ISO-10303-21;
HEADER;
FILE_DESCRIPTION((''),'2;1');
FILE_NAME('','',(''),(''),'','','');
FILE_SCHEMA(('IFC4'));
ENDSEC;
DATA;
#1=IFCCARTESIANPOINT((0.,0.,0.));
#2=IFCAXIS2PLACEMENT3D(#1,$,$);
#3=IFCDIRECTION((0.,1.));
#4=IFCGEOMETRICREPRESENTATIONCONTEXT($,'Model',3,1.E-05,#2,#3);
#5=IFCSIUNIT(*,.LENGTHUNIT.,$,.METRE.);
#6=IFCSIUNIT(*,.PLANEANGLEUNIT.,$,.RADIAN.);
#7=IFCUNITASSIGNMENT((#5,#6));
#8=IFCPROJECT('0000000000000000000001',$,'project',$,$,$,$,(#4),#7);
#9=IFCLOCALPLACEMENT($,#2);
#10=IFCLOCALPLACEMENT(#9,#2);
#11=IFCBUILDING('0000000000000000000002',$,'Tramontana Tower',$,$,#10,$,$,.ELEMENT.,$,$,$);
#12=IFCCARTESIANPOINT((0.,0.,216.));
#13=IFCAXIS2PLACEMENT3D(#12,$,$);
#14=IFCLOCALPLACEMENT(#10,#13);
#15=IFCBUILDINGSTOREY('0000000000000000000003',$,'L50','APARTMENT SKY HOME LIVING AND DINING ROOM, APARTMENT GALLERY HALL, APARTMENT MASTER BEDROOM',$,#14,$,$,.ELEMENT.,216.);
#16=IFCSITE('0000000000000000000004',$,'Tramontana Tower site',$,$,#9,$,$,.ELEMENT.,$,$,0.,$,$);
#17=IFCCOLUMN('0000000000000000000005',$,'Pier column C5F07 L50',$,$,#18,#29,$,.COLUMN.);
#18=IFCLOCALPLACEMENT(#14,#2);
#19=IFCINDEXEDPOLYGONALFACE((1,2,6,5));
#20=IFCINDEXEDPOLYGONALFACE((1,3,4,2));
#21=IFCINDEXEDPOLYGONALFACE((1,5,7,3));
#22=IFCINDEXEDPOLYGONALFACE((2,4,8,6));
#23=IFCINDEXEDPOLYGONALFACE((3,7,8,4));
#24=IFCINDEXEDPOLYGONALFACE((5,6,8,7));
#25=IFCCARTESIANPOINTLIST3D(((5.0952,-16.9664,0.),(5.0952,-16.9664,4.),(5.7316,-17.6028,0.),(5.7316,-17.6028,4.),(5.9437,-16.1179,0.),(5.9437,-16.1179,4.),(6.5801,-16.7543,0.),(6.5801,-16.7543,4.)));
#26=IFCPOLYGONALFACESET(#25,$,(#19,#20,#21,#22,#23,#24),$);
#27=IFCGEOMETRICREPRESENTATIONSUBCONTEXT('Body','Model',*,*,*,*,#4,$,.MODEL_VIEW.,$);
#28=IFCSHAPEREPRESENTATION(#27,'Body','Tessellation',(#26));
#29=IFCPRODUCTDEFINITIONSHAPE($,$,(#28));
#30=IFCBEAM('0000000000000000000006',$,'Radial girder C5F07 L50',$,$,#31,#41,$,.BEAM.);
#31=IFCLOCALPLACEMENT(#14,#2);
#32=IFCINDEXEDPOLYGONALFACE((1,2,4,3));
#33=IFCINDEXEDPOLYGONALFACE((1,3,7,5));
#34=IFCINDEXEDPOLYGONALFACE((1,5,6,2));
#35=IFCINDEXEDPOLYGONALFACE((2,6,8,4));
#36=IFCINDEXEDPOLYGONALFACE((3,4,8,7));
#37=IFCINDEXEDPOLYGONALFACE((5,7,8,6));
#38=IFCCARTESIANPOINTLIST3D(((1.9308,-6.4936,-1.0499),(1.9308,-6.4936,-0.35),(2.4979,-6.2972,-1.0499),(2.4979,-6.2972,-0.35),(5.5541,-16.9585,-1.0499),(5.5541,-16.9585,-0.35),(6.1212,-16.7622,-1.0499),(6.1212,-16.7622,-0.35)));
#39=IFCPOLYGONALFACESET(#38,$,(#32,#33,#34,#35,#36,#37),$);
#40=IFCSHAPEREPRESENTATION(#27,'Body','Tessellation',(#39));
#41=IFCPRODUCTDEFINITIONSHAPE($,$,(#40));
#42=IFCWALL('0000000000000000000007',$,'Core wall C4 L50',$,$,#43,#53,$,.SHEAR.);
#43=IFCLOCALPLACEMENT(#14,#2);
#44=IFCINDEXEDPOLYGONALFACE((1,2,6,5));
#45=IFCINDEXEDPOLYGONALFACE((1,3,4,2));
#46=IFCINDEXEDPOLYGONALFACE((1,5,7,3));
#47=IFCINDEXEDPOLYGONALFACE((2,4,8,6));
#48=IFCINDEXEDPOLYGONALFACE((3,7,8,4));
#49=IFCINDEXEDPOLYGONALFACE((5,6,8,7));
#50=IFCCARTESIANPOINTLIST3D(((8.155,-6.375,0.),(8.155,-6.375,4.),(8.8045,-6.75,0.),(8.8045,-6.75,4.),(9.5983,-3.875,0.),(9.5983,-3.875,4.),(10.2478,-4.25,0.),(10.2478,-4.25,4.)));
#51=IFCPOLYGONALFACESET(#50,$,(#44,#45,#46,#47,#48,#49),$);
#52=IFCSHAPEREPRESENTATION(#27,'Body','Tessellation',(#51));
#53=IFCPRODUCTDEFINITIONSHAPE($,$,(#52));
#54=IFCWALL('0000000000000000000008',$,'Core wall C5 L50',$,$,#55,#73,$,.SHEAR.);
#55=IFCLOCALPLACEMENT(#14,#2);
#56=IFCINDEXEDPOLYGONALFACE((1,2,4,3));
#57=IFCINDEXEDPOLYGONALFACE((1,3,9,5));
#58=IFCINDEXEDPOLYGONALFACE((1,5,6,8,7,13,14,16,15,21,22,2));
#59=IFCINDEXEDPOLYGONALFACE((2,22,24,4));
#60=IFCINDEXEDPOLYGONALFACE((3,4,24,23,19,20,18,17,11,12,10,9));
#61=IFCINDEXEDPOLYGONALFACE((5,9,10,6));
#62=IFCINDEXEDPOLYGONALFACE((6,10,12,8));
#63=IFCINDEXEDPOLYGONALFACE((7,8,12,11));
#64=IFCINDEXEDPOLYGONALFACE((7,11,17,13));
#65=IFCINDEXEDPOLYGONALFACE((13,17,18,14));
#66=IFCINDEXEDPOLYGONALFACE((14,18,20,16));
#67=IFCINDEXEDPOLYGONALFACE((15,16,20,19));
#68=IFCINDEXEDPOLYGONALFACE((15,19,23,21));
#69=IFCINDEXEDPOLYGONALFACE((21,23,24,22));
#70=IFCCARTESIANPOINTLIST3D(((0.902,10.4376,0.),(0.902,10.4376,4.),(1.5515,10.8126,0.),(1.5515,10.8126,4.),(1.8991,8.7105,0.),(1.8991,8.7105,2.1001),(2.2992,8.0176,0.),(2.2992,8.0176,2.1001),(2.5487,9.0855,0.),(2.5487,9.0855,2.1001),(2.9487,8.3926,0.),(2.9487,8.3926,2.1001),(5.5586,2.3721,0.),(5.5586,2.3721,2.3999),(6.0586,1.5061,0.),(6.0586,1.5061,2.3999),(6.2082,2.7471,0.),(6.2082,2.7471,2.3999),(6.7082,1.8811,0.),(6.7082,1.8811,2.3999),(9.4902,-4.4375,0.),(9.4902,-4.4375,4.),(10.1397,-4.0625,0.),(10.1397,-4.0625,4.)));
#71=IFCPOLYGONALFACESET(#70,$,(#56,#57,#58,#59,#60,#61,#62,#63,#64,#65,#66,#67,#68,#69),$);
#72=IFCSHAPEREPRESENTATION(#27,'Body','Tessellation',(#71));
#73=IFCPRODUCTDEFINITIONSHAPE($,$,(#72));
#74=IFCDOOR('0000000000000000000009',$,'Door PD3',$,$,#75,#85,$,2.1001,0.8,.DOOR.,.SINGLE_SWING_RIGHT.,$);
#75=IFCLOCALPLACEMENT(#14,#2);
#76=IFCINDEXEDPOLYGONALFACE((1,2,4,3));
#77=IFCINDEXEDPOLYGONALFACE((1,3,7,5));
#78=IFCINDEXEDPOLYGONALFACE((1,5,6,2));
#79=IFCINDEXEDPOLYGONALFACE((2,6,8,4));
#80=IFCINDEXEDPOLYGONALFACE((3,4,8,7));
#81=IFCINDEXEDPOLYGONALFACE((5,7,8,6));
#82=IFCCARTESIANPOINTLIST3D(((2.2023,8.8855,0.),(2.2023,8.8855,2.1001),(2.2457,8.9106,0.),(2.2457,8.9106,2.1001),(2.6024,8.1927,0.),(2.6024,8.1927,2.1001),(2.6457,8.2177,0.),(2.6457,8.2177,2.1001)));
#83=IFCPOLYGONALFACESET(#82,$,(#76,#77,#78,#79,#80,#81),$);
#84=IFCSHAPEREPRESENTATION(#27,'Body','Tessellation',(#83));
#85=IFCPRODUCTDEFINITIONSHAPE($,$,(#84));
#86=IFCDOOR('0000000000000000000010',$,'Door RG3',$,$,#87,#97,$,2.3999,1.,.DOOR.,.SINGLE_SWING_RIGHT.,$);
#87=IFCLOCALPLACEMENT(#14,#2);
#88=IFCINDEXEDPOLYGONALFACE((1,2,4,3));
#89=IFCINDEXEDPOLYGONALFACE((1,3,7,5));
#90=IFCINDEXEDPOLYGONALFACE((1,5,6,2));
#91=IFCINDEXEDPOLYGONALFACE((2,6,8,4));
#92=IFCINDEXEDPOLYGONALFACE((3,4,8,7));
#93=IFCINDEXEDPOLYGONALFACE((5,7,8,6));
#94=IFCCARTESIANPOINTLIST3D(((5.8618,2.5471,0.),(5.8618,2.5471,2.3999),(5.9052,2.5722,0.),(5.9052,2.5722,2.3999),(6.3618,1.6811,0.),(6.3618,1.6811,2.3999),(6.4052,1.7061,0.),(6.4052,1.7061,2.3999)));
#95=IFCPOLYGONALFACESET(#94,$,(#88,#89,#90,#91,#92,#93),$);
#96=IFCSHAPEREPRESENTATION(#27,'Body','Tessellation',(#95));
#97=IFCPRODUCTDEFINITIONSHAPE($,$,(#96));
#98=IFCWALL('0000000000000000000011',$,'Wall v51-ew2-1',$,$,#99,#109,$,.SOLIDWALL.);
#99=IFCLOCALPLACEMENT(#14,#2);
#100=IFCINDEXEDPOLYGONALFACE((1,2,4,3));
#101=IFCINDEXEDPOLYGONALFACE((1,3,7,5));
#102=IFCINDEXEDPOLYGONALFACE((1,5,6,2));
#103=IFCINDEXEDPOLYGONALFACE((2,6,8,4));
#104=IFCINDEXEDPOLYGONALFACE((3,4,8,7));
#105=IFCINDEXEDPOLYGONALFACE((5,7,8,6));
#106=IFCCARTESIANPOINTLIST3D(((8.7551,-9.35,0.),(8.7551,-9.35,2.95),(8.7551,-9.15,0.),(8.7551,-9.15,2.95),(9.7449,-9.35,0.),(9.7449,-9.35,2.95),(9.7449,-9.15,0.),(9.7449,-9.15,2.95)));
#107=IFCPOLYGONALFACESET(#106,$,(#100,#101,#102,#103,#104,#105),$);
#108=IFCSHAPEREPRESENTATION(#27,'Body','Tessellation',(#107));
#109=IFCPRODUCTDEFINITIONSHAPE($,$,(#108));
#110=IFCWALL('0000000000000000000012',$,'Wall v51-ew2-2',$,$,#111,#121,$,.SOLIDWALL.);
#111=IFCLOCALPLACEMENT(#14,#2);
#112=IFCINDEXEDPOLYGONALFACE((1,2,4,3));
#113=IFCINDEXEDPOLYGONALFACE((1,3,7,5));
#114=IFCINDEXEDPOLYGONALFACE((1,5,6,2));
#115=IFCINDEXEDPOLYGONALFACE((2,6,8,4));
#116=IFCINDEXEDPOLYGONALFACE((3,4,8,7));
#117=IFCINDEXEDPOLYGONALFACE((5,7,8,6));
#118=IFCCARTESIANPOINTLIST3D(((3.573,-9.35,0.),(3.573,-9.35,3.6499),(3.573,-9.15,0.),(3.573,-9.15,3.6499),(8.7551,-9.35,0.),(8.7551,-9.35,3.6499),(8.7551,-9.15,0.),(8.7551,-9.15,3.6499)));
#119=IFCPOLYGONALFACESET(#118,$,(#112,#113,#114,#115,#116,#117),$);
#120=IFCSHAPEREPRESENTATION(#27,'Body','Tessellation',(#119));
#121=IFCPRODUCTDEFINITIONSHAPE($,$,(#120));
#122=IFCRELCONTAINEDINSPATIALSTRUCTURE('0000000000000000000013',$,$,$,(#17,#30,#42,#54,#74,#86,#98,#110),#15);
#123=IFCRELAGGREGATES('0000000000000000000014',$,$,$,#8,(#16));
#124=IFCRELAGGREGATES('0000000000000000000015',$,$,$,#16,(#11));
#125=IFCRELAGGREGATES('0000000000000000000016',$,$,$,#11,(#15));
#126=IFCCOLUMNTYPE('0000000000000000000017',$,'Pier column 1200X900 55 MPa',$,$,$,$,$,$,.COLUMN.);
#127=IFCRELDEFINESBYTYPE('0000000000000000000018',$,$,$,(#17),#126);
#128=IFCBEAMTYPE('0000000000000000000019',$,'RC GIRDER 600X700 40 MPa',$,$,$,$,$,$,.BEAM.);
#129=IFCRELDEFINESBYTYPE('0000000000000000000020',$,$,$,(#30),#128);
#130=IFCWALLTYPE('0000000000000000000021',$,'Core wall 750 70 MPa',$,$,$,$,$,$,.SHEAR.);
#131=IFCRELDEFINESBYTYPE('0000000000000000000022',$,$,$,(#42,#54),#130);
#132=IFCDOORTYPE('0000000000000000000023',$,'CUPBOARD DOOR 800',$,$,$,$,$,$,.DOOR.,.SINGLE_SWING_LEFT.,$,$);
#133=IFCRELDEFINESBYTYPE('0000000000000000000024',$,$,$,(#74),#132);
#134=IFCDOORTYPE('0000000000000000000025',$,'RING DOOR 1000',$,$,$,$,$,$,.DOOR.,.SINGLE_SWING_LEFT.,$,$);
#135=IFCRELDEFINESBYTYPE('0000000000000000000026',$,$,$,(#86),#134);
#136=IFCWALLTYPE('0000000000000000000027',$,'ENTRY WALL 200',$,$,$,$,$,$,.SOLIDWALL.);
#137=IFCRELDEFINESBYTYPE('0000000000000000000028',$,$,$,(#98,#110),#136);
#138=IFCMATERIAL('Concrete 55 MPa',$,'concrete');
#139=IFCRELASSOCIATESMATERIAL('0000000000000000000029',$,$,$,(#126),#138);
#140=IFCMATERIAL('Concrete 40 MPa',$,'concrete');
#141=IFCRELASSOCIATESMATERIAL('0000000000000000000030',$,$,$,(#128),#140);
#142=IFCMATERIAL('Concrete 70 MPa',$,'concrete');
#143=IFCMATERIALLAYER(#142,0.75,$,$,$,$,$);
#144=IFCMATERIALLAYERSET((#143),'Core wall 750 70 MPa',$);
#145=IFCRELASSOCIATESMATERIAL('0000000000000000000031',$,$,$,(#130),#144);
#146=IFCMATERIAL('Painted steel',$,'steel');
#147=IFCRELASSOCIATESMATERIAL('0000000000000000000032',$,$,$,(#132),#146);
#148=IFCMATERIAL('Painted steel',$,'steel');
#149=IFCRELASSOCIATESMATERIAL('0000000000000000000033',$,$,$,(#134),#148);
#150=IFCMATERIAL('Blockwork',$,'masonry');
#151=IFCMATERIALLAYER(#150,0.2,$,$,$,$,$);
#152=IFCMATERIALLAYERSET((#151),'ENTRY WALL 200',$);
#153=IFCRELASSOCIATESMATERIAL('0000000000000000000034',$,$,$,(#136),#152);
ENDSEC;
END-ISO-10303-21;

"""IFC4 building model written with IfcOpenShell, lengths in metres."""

from ifc_helpers import new_model, si_unit, direction, frame, frame_2d, origin, origin_2d, place, context, subcontext, project, spatial, rectangle, extrude, material, layer, layer_set, material_profile, profile_set, type_object, element, fill, save


model = new_model("IFC4")

# Units and contexts
model_context = context("Model", 3, precision=1e-05, world=origin(), true_north=direction((0.0, 1.0)))
body_context = subcontext(model_context, "Body", "Model", "MODEL_VIEW")
ifc_project = project(units=[si_unit("LENGTHUNIT", "METRE"), si_unit("PLANEANGLEUNIT", "RADIAN")], contexts=[model_context])

# Site, building, storey
site_placement = place(None, origin())
site = spatial("IfcSite", under=ifc_project, at=site_placement, Name="Tramontana Tower site", CompositionType="ELEMENT", RefElevation=0.0)
building_placement = place(site_placement, origin())
building = spatial("IfcBuilding", under=site, at=building_placement, Name="Tramontana Tower", CompositionType="ELEMENT")
storey_placement = place(building_placement, frame((0.0, 0.0, 216.0)))
storey = spatial("IfcBuildingStorey", under=building, at=storey_placement, Name="L50", Description="APARTMENT SKY HOME LIVING AND DINING ROOM, APARTMENT GALLERY HALL, APARTMENT MASTER BEDROOM", CompositionType="ELEMENT", Elevation=216.0)

# Column
ifc_material_1 = material(Name="Concrete 55 MPa", Category="concrete")
ifc_material_profile_1 = material_profile(ifc_material_1, rectangle(XDim=1.2, YDim=0.8999, at=origin_2d()), Name="Pier column 1200X900 55 MPa")
ifc_profile_set_1 = profile_set([ifc_material_profile_1], Name="Concrete 55 MPa")
column_type = type_object("IfcColumnType", Name="Pier column 1200X900 55 MPa", PredefinedType="COLUMN", material=ifc_profile_set_1)
column_placement = place(storey_placement, frame((5.8376, -16.8604, 0.0), z_axis=(0.0, 0.0, 1.0), x_axis=(0.707107, 0.707107, 0.0)))
element("IfcColumn", 1, at=column_placement, inside=storey, type_object=column_type, Name="Pier column C5F07 L50", PredefinedType="COLUMN", context=body_context, shape_type="SweptSolid", body=[
    extrude(rectangle(XDim=1.2, YDim=0.8999, at=origin_2d()), origin(), (0.0, 0.0, 1.0), 4.0),
])

# Beam
ifc_material_2 = material(Name="Concrete 40 MPa", Category="concrete")
ifc_material_profile_2 = material_profile(ifc_material_2, rectangle(XDim=0.6001, YDim=0.7, at=origin_2d()), Name="RC GIRDER 600X700 40 MPa")
ifc_profile_set_2 = profile_set([ifc_material_profile_2], Name="Concrete 40 MPa")
beam_type = type_object("IfcBeamType", Name="RC GIRDER 600X700 40 MPa", PredefinedType="BEAM", material=ifc_profile_set_2)
beam_placement = place(storey_placement, frame((5.8376, -16.8604, -0.7), z_axis=(-0.327179, 0.944962, 0.0), x_axis=(-0.944962, -0.327179, 0.0)))
element("IfcBeam", 2, at=beam_placement, inside=storey, type_object=beam_type, Name="Radial girder C5F07 L50", PredefinedType="BEAM", context=body_context, shape_type="SweptSolid", body=[
    extrude(rectangle(XDim=0.6001, YDim=0.7, at=origin_2d()), origin(), (0.0, 0.0, 1.0), 11.0745),
])

# Wall
ifc_material_3 = material(Name="Concrete 70 MPa", Category="concrete")
ifc_layer_1 = layer(ifc_material_3, 0.75)
ifc_layer_set_1 = layer_set([ifc_layer_1], Name="Core wall 750 70 MPa")
wall_type_1 = type_object("IfcWallType", Name="Core wall 750 70 MPa", PredefinedType="SHEAR", material=ifc_layer_set_1)
wall_1_placement = place(storey_placement, frame((8.4797, -6.5625, 0.0), z_axis=(0.0, 0.0, 1.0), x_axis=(0.499996, 0.866028, 0.0)))
element("IfcWall", 3, at=wall_1_placement, inside=storey, type_object=wall_type_1, Name="Core wall C4 L50", PredefinedType="SHEAR", context=body_context, shape_type="SweptSolid", body=[
    extrude(rectangle(XDim=2.8867, YDim=0.75, at=frame_2d((1.4434, 0.0))), origin(), (0.0, 0.0, 1.0), 4.0),
])

# Wall, openings, doors
wall_2_placement = place(storey_placement, frame((9.8149, -4.25, 0.0), z_axis=(0.0, 0.0, 1.0), x_axis=(-0.500002, 0.866024, 0.0)))
wall_2 = element("IfcWall", 4, at=wall_2_placement, inside=storey, type_object=wall_type_1, Name="Core wall C5 L50", PredefinedType="SHEAR", context=body_context, shape_type="SweptSolid", body=[
    extrude(rectangle(XDim=17.1763, YDim=0.75, at=frame_2d((8.5881, 0.0))), origin(), (0.0, 0.0, 1.0), 4.0),
])
opening_1_placement = place(wall_2_placement, frame((6.863, 0.0, 0.0)))
opening_1 = element("IfcOpeningElement", 5, at=opening_1_placement, cuts=wall_2, PredefinedType="OPENING", context=body_context, shape_type="SweptSolid", body=[
    extrude(rectangle(XDim=1.0, YDim=2.3999, at=frame_2d((0.5, 1.2))), frame((0.0, 0.385, 0.0), z_axis=(0.0, -1.0, 0.0), x_axis=(1.0, 0.0, 0.0)), (0.0, 0.0, 1.0), 0.77),
])
opening_2_placement = place(wall_2_placement, frame((14.3821, 0.0, 0.0)))
opening_2 = element("IfcOpeningElement", 6, at=opening_2_placement, cuts=wall_2, PredefinedType="OPENING", context=body_context, shape_type="SweptSolid", body=[
    extrude(rectangle(XDim=0.8, YDim=2.1001, at=frame_2d((0.3999, 1.05))), frame((0.0, 0.385, 0.0), z_axis=(0.0, -1.0, 0.0), x_axis=(1.0, 0.0, 0.0)), (0.0, 0.0, 1.0), 0.77),
])
ifc_material_4 = material(Name="Painted steel", Category="steel")
door_type_1 = type_object("IfcDoorType", Name="CUPBOARD DOOR 800", OperationType="SINGLE_SWING_LEFT", PredefinedType="DOOR", material=ifc_material_4)
door_1_placement = place(opening_2_placement, origin())
door_1 = element("IfcDoor", 7, at=door_1_placement, inside=storey, type_object=door_type_1, Name="Door PD3", OperationType="SINGLE_SWING_RIGHT", OverallHeight=2.1001, OverallWidth=0.8, PredefinedType="DOOR", context=body_context, shape_type="SweptSolid", body=[
    extrude(rectangle(XDim=0.8, YDim=2.1001, at=frame_2d((0.3999, 1.05))), frame((0.0, 0.0249, 0.0), z_axis=(0.0, -1.0, 0.0), x_axis=(1.0, 0.0, 0.0)), (0.0, 0.0, 1.0), 0.05),
])
fill(opening_2, door_1)
ifc_material_5 = material(Name="Painted steel", Category="steel")
door_type_2 = type_object("IfcDoorType", Name="RING DOOR 1000", OperationType="SINGLE_SWING_LEFT", PredefinedType="DOOR", material=ifc_material_5)
door_2_placement = place(opening_1_placement, origin())
door_2 = element("IfcDoor", 8, at=door_2_placement, inside=storey, type_object=door_type_2, Name="Door RG3", OperationType="SINGLE_SWING_RIGHT", OverallHeight=2.3999, OverallWidth=1.0, PredefinedType="DOOR", context=body_context, shape_type="SweptSolid", body=[
    extrude(rectangle(XDim=1.0, YDim=2.3999, at=frame_2d((0.5, 1.2))), frame((0.0, 0.0249, 0.0), z_axis=(0.0, -1.0, 0.0), x_axis=(1.0, 0.0, 0.0)), (0.0, 0.0, 1.0), 0.05),
])
fill(opening_1, door_2)

# Walls
ifc_material_6 = material(Name="Blockwork", Category="masonry")
ifc_layer_2 = layer(ifc_material_6, 0.2)
ifc_layer_set_2 = layer_set([ifc_layer_2], Name="ENTRY WALL 200")
wall_type_2 = type_object("IfcWallType", Name="ENTRY WALL 200", PredefinedType="SOLIDWALL", material=ifc_layer_set_2)
wall_3_placement = place(storey_placement, frame((9.7449, -9.25, 0.0), z_axis=(0.0, 0.0, 1.0), x_axis=(-1.0, 0.0, 0.0)))
element("IfcWall", 9, at=wall_3_placement, inside=storey, type_object=wall_type_2, Name="Wall v51-ew2-1", PredefinedType="SOLIDWALL", context=body_context, shape_type="SweptSolid", body=[
    extrude(rectangle(XDim=0.9897, YDim=0.2, at=frame_2d((0.4949, 0.0))), origin(), (0.0, 0.0, 1.0), 2.95),
])
wall_4_placement = place(storey_placement, frame((8.7551, -9.25, 0.0), z_axis=(0.0, 0.0, 1.0), x_axis=(-1.0, 0.0, 0.0)))
element("IfcWall", 10, at=wall_4_placement, inside=storey, type_object=wall_type_2, Name="Wall v51-ew2-2", PredefinedType="SOLIDWALL", context=body_context, shape_type="SweptSolid", body=[
    extrude(rectangle(XDim=5.1821, YDim=0.2, at=frame_2d((2.5911, 0.0))), origin(), (0.0, 0.0, 1.0), 3.6499),
])

save(model, "model.ifc")
